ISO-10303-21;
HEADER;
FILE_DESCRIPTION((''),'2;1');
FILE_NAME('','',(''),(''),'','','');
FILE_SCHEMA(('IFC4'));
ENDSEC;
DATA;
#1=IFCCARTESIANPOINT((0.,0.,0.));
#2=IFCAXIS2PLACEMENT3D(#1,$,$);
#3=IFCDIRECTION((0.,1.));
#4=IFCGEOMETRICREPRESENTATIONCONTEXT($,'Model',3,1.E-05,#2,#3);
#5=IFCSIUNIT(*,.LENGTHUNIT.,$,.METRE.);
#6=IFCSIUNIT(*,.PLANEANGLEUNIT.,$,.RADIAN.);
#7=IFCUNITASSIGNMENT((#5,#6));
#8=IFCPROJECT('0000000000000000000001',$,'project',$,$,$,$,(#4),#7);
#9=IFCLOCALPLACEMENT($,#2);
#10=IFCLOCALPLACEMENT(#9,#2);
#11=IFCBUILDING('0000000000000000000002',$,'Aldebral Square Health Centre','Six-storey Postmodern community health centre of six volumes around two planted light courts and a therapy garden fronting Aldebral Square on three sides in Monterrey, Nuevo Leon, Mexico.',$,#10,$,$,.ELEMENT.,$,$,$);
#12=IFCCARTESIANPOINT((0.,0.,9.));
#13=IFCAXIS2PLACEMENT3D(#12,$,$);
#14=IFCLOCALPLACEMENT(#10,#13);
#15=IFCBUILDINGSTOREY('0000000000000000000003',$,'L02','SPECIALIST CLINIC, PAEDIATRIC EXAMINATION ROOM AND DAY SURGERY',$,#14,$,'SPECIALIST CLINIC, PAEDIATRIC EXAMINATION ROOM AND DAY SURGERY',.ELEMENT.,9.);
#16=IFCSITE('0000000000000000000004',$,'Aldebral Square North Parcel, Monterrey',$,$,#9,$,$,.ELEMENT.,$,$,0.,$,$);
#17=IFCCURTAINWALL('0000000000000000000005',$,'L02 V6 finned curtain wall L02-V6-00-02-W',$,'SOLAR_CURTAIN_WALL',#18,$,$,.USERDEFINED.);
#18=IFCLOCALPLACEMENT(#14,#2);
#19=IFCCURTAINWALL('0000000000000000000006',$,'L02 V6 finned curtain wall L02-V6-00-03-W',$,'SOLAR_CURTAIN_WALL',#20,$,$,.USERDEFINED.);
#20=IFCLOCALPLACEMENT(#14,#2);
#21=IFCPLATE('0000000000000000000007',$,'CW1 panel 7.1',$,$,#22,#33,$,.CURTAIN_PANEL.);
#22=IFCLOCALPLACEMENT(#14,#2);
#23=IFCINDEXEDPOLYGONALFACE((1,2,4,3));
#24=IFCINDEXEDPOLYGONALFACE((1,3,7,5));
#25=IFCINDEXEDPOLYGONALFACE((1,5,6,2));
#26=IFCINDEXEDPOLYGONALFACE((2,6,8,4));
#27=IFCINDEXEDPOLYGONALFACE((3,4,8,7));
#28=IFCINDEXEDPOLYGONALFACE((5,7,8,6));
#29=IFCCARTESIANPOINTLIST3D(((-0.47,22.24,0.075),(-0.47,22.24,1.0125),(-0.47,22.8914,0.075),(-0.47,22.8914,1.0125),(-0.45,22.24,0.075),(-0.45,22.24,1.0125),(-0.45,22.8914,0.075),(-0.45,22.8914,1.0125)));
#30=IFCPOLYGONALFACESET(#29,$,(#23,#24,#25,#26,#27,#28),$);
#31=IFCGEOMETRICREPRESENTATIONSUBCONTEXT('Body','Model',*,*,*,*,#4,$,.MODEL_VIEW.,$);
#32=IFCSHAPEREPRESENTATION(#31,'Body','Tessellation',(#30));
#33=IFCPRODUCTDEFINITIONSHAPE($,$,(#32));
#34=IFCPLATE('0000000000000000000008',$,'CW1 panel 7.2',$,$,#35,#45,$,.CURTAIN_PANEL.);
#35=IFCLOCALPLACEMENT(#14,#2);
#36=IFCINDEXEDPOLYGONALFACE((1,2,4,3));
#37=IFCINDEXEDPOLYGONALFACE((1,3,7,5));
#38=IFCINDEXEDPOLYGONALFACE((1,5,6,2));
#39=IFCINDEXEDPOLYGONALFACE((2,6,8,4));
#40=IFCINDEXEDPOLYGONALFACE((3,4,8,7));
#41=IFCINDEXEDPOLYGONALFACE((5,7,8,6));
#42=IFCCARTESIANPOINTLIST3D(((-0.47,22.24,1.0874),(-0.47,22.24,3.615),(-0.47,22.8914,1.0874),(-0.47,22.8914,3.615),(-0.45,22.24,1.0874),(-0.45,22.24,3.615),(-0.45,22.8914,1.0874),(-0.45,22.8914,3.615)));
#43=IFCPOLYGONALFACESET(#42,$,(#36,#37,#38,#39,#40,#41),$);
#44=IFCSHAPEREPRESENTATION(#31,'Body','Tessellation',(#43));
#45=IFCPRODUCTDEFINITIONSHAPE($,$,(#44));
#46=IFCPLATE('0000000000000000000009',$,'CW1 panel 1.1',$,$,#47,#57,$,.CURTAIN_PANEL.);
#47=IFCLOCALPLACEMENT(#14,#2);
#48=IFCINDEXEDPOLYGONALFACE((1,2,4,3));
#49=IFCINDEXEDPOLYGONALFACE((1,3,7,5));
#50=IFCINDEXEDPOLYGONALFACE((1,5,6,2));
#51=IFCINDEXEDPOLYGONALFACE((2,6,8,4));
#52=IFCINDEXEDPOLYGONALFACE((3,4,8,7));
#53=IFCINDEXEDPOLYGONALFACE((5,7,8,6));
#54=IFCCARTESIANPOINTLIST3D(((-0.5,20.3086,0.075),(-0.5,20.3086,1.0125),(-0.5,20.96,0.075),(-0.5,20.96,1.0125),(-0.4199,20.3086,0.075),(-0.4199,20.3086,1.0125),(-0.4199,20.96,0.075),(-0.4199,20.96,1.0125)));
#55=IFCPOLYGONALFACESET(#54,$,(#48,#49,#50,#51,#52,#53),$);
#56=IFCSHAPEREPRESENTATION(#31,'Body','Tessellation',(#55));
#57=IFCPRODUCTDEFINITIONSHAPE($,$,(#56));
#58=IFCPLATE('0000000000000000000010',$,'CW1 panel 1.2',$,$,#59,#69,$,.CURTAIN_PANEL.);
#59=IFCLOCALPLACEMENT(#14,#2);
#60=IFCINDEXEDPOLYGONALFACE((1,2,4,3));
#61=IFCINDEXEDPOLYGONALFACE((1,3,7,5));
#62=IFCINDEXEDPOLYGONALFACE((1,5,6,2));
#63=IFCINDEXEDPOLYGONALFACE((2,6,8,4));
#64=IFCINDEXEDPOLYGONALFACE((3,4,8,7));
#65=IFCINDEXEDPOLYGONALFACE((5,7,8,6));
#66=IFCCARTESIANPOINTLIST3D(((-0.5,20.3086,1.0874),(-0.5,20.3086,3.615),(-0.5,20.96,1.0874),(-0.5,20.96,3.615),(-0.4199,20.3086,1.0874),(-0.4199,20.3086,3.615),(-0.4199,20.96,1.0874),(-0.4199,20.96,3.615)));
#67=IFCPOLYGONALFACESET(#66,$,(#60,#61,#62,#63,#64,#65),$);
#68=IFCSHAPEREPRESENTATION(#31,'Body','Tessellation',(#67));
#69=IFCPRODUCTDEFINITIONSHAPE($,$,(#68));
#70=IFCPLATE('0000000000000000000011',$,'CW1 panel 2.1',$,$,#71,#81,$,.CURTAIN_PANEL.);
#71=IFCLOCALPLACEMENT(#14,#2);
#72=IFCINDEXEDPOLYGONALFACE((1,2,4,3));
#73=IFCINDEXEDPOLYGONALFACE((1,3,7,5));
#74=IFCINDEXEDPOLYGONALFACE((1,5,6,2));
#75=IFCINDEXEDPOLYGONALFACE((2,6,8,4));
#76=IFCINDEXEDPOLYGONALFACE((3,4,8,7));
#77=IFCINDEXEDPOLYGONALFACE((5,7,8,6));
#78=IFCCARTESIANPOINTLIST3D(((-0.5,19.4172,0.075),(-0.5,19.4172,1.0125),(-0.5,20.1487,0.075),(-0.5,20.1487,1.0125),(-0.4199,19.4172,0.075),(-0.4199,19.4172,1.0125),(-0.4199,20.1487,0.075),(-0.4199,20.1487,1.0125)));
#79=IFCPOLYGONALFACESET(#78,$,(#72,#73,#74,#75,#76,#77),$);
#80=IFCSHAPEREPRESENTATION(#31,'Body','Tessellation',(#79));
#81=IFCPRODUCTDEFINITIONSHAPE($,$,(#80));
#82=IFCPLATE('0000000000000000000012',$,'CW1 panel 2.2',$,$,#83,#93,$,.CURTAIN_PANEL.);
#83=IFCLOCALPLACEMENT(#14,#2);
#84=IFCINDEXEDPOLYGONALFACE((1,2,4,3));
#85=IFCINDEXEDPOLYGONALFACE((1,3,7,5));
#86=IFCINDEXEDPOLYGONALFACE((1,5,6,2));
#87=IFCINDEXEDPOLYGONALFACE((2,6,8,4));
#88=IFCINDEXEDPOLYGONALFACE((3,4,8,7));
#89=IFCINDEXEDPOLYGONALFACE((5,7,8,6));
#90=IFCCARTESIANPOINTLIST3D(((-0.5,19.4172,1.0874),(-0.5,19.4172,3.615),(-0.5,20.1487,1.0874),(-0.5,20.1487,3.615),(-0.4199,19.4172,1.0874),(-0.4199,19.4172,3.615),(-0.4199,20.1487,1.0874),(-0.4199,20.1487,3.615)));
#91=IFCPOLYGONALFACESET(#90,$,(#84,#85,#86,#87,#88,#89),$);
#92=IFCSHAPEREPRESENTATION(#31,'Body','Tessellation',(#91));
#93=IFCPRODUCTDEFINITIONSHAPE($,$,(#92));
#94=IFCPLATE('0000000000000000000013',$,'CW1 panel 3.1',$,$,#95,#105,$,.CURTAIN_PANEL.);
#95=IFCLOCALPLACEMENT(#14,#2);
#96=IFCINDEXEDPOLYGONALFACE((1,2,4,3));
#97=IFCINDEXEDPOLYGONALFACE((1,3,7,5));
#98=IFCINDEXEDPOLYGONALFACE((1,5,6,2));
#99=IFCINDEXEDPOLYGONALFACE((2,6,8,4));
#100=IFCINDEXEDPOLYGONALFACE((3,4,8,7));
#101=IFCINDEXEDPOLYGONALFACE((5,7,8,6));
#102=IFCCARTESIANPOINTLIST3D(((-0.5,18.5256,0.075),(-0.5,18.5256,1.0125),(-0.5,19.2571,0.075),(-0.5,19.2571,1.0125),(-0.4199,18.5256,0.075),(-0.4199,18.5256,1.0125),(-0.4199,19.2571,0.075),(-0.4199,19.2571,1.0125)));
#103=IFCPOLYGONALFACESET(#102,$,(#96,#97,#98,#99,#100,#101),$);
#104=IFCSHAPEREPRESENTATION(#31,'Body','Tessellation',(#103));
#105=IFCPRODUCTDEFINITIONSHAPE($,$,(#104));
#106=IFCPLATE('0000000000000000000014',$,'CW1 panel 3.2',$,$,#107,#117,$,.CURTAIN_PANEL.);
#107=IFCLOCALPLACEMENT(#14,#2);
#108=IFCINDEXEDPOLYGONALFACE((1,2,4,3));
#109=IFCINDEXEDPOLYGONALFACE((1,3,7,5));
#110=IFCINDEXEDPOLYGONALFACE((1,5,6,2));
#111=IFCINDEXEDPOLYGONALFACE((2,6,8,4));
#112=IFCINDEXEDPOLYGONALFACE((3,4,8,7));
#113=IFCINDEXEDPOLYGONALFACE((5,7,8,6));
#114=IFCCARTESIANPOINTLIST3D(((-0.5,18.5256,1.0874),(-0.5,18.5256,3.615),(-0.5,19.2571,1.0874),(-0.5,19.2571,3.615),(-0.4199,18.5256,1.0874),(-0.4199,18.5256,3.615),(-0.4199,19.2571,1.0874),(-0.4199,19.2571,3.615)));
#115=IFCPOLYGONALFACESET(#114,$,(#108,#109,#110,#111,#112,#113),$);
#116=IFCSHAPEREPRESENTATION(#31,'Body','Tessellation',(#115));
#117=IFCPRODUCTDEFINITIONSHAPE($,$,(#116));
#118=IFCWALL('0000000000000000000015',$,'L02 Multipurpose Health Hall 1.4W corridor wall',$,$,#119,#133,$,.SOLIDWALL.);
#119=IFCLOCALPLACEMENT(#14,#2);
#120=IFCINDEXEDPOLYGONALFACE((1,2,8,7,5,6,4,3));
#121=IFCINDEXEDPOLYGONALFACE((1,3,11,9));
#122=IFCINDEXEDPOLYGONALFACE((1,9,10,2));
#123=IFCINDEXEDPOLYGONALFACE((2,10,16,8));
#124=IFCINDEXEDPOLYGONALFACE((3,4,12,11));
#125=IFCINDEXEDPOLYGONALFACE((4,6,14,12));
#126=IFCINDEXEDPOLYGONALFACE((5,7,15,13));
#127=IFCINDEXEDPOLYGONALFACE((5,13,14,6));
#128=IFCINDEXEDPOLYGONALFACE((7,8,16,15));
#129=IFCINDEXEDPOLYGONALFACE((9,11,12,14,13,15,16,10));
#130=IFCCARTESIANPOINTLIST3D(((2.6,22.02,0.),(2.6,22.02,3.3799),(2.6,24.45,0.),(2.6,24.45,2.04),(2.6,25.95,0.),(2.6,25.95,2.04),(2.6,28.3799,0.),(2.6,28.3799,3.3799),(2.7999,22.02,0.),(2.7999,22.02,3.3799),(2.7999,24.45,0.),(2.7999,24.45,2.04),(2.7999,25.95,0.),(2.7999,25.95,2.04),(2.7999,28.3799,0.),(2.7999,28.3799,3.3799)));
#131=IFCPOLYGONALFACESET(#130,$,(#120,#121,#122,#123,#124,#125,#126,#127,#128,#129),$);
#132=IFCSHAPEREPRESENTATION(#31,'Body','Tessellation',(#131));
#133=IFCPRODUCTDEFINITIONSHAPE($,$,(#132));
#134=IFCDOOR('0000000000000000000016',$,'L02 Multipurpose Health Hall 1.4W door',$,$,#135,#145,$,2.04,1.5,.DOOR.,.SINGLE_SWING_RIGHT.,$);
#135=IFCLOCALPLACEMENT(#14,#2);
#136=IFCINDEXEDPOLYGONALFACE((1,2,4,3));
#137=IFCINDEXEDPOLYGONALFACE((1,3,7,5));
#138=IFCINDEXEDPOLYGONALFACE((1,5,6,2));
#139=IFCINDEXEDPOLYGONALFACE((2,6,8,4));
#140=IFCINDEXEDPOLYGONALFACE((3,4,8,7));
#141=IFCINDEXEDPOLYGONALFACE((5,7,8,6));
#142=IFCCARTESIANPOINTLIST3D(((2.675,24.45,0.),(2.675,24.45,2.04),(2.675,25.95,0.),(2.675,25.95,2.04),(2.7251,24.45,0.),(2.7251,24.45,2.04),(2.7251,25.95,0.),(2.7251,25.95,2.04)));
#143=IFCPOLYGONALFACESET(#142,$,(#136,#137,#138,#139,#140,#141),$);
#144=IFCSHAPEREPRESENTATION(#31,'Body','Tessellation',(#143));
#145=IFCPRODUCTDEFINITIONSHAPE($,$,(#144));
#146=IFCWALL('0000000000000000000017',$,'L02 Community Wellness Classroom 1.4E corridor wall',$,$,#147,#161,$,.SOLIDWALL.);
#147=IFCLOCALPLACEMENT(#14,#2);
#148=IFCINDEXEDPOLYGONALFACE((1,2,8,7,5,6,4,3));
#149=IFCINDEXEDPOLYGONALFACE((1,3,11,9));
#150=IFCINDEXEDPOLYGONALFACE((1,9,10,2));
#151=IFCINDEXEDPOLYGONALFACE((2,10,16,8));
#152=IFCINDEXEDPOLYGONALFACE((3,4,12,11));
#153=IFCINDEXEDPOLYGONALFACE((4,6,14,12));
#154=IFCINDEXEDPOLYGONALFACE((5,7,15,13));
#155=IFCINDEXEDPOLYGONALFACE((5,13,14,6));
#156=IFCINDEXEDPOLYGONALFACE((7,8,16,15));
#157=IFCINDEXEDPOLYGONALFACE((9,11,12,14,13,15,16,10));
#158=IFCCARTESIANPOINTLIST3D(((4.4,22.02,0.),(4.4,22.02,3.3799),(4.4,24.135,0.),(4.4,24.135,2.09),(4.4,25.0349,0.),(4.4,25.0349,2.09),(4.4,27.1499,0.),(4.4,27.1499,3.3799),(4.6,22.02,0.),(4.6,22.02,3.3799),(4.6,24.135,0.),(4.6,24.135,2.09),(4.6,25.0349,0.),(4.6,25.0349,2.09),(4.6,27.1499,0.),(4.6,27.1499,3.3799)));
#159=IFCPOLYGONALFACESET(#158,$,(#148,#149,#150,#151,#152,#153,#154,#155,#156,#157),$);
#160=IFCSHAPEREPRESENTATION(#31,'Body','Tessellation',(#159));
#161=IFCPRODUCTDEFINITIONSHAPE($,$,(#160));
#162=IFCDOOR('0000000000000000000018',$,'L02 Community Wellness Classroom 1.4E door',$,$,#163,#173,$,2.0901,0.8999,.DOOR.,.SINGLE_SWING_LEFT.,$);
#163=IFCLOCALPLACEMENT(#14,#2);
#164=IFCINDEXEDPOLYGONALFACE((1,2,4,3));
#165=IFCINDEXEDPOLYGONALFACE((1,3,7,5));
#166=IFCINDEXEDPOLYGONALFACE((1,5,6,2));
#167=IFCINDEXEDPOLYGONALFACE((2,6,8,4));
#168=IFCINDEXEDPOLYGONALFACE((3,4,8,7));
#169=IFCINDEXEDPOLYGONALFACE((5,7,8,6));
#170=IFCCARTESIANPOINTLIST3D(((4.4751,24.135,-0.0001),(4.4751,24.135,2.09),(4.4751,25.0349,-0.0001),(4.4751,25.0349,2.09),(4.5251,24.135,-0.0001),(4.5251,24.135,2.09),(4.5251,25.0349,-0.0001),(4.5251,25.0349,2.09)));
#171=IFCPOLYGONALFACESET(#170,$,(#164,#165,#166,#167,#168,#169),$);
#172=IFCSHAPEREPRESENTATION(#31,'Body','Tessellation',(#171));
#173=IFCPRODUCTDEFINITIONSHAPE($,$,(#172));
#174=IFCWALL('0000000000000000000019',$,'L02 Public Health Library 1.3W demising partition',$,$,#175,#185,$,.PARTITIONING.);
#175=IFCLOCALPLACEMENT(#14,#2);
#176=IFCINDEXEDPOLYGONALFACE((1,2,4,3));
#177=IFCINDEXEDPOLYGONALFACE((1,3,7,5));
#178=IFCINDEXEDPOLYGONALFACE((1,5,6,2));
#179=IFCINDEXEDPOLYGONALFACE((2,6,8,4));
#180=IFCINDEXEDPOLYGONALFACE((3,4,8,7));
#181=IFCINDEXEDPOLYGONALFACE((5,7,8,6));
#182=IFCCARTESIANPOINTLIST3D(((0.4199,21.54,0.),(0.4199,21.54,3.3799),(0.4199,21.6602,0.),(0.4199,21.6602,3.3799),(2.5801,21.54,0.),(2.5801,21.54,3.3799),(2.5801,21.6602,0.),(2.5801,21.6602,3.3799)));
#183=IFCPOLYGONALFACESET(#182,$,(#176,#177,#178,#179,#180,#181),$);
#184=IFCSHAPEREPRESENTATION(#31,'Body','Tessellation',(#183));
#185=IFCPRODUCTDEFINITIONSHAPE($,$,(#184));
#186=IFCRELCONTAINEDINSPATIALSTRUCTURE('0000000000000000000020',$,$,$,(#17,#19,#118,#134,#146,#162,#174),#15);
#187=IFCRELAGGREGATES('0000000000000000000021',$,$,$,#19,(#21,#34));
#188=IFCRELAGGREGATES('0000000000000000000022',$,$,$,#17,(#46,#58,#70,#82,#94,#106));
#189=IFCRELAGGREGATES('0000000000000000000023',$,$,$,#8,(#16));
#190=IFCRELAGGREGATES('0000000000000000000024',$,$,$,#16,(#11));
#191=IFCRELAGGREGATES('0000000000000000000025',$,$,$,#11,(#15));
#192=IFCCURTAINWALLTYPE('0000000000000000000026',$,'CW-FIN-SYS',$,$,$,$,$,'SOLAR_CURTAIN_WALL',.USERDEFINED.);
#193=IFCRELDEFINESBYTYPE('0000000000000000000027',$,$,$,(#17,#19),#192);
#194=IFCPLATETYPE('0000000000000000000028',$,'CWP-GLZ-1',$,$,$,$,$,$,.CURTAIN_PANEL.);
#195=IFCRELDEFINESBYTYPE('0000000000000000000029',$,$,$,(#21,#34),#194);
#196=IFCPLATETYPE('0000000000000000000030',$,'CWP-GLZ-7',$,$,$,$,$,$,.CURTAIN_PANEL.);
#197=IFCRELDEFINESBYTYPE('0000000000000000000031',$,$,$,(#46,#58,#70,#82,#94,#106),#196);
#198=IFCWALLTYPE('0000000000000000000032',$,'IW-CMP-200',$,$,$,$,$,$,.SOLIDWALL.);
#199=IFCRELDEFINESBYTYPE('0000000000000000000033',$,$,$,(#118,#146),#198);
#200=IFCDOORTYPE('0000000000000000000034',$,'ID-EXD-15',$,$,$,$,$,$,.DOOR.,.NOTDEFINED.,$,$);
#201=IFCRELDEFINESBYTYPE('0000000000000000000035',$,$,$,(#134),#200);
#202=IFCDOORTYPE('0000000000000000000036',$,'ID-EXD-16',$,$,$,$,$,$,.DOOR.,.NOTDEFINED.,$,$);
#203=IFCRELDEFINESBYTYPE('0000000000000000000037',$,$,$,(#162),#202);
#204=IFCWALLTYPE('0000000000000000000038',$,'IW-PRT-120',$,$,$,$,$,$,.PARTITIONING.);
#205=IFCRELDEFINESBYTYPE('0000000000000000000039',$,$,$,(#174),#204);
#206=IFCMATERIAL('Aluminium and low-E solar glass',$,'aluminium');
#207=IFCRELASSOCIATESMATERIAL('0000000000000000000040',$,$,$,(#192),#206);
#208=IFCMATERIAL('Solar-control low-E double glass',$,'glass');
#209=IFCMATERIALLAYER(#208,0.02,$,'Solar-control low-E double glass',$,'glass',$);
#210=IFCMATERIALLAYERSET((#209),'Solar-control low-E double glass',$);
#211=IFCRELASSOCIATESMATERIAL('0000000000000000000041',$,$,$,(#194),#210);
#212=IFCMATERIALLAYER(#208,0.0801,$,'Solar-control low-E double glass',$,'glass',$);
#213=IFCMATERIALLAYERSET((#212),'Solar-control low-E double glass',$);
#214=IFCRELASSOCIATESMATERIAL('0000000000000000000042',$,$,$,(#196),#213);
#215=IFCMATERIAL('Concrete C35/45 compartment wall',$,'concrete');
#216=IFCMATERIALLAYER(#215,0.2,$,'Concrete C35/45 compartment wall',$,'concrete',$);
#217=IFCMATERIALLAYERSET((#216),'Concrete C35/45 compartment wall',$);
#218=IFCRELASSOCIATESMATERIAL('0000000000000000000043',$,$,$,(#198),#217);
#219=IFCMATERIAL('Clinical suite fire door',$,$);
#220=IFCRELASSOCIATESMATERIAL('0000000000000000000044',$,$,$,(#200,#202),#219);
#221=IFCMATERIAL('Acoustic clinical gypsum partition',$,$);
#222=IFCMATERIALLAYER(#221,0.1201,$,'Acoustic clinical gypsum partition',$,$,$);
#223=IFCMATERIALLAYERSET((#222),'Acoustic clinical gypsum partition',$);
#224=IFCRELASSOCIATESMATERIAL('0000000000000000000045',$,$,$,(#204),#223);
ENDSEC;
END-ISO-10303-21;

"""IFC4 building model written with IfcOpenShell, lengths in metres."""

from ifc_helpers import new_model, si_unit, direction, frame, frame_2d, origin, origin_2d, place, context, subcontext, project, spatial, rectangle, extrude, material, layer, layer_set, type_object, element, fill, aggregate, save


model = new_model("IFC4")

# Units and contexts
model_context = context("Model", 3, precision=1e-05, world=origin(), true_north=direction((0.0, 1.0)))
body_context = subcontext(model_context, "Body", "Model", "MODEL_VIEW")
ifc_project = project(units=[si_unit("LENGTHUNIT", "METRE"), si_unit("PLANEANGLEUNIT", "RADIAN")], contexts=[model_context])

# Site, building, storey
site_placement = place(None, origin())
site = spatial("IfcSite", under=ifc_project, at=site_placement, Name="Aldebral Square North Parcel, Monterrey", CompositionType="ELEMENT", RefElevation=0.0)
building_placement = place(site_placement, origin())
building = spatial("IfcBuilding", under=site, at=building_placement, Name="Aldebral Square Health Centre", Description="Six-storey Postmodern community health centre of six volumes around two planted light courts and a therapy garden fronting Aldebral Square on three sides in Monterrey, Nuevo Leon, Mexico.", CompositionType="ELEMENT")
storey_placement = place(building_placement, frame((0.0, 0.0, 9.0)))
storey = spatial("IfcBuildingStorey", under=building, at=storey_placement, Name="L02", Description="SPECIALIST CLINIC, PAEDIATRIC EXAMINATION ROOM AND DAY SURGERY", LongName="SPECIALIST CLINIC, PAEDIATRIC EXAMINATION ROOM AND DAY SURGERY", CompositionType="ELEMENT", Elevation=9.0)

# Curtain walls
ifc_material_1 = material(Name="Aluminium and low-E solar glass", Category="aluminium")
curtain_wall_type = type_object("IfcCurtainWallType", Name="CW-FIN-SYS", ElementType="SOLAR_CURTAIN_WALL", PredefinedType="USERDEFINED", material=ifc_material_1)
curtain_wall_1_placement = place(storey_placement, origin())
curtain_wall_1 = element("IfcCurtainWall", 1, at=curtain_wall_1_placement, inside=storey, type_object=curtain_wall_type, Name="L02 V6 finned curtain wall L02-V6-00-02-W", ObjectType="SOLAR_CURTAIN_WALL", PredefinedType="USERDEFINED")
curtain_wall_2_placement = place(storey_placement, origin())
curtain_wall_2 = element("IfcCurtainWall", 2, at=curtain_wall_2_placement, inside=storey, type_object=curtain_wall_type, Name="L02 V6 finned curtain wall L02-V6-00-03-W", ObjectType="SOLAR_CURTAIN_WALL", PredefinedType="USERDEFINED")

# Plates
ifc_material_2 = material(Name="Solar-control low-E double glass", Category="glass")
ifc_layer_1 = layer(ifc_material_2, 0.02, Name="Solar-control low-E double glass", Category="glass")
ifc_layer_set_1 = layer_set([ifc_layer_1], Name="Solar-control low-E double glass")
plate_type_1 = type_object("IfcPlateType", Name="CWP-GLZ-1", PredefinedType="CURTAIN_PANEL", material=ifc_layer_set_1)
plate_1_placement = place(storey_placement, frame((-0.46, 22.5657, 0.075), z_axis=(0.0, 0.0, 1.0), x_axis=(0.0, -1.0, 0.0)))
plate_1 = element("IfcPlate", 3, at=plate_1_placement, type_object=plate_type_1, Name="CW1 panel 7.1", PredefinedType="CURTAIN_PANEL", context=body_context, shape_type="SweptSolid", body=[
    extrude(rectangle(XDim=0.6514, YDim=0.02, at=origin_2d()), origin(), (0.0, 0.0, 1.0), 0.9375),
])
plate_2_placement = place(storey_placement, frame((-0.46, 22.5657, 1.0874), z_axis=(0.0, 0.0, 1.0), x_axis=(0.0, -1.0, 0.0)))
plate_2 = element("IfcPlate", 4, at=plate_2_placement, type_object=plate_type_1, Name="CW1 panel 7.2", PredefinedType="CURTAIN_PANEL", context=body_context, shape_type="SweptSolid", body=[
    extrude(rectangle(XDim=0.6514, YDim=0.02, at=origin_2d()), origin(), (0.0, 0.0, 1.0), 2.5276),
])
aggregate(curtain_wall_2, [plate_1, plate_2])
ifc_layer_2 = layer(ifc_material_2, 0.0801, Name="Solar-control low-E double glass", Category="glass")
ifc_layer_set_2 = layer_set([ifc_layer_2], Name="Solar-control low-E double glass")
plate_type_2 = type_object("IfcPlateType", Name="CWP-GLZ-7", PredefinedType="CURTAIN_PANEL", material=ifc_layer_set_2)
plate_3_placement = place(storey_placement, frame((-0.46, 20.6343, 0.075), z_axis=(0.0, 0.0, 1.0), x_axis=(0.0, -1.0, 0.0)))
plate_3 = element("IfcPlate", 5, at=plate_3_placement, type_object=plate_type_2, Name="CW1 panel 1.1", PredefinedType="CURTAIN_PANEL", context=body_context, shape_type="SweptSolid", body=[
    extrude(rectangle(XDim=0.6514, YDim=0.0801, at=origin_2d()), origin(), (0.0, 0.0, 1.0), 0.9375),
])
plate_4_placement = place(storey_placement, frame((-0.46, 20.6343, 1.0874), z_axis=(0.0, 0.0, 1.0), x_axis=(0.0, -1.0, 0.0)))
plate_4 = element("IfcPlate", 6, at=plate_4_placement, type_object=plate_type_2, Name="CW1 panel 1.2", PredefinedType="CURTAIN_PANEL", context=body_context, shape_type="SweptSolid", body=[
    extrude(rectangle(XDim=0.6514, YDim=0.0801, at=origin_2d()), origin(), (0.0, 0.0, 1.0), 2.5276),
])
plate_5_placement = place(storey_placement, frame((-0.46, 19.783, 0.075), z_axis=(0.0, 0.0, 1.0), x_axis=(0.0, -1.0, 0.0)))
plate_5 = element("IfcPlate", 7, at=plate_5_placement, type_object=plate_type_2, Name="CW1 panel 2.1", PredefinedType="CURTAIN_PANEL", context=body_context, shape_type="SweptSolid", body=[
    extrude(rectangle(XDim=0.7314, YDim=0.0801, at=origin_2d()), origin(), (0.0, 0.0, 1.0), 0.9375),
])
plate_6_placement = place(storey_placement, frame((-0.46, 19.783, 1.0874), z_axis=(0.0, 0.0, 1.0), x_axis=(0.0, -1.0, 0.0)))
plate_6 = element("IfcPlate", 8, at=plate_6_placement, type_object=plate_type_2, Name="CW1 panel 2.2", PredefinedType="CURTAIN_PANEL", context=body_context, shape_type="SweptSolid", body=[
    extrude(rectangle(XDim=0.7314, YDim=0.0801, at=origin_2d()), origin(), (0.0, 0.0, 1.0), 2.5276),
])
plate_7_placement = place(storey_placement, frame((-0.46, 18.8914, 0.075), z_axis=(0.0, 0.0, 1.0), x_axis=(0.0, -1.0, 0.0)))
plate_7 = element("IfcPlate", 9, at=plate_7_placement, type_object=plate_type_2, Name="CW1 panel 3.1", PredefinedType="CURTAIN_PANEL", context=body_context, shape_type="SweptSolid", body=[
    extrude(rectangle(XDim=0.7314, YDim=0.0801, at=origin_2d()), origin(), (0.0, 0.0, 1.0), 0.9375),
])
plate_8_placement = place(storey_placement, frame((-0.46, 18.8914, 1.0874), z_axis=(0.0, 0.0, 1.0), x_axis=(0.0, -1.0, 0.0)))
plate_8 = element("IfcPlate", 10, at=plate_8_placement, type_object=plate_type_2, Name="CW1 panel 3.2", PredefinedType="CURTAIN_PANEL", context=body_context, shape_type="SweptSolid", body=[
    extrude(rectangle(XDim=0.7314, YDim=0.0801, at=origin_2d()), origin(), (0.0, 0.0, 1.0), 2.5276),
])
aggregate(curtain_wall_1, [plate_3, plate_4, plate_5, plate_6, plate_7, plate_8])

# Walls, openings, doors
ifc_material_3 = material(Name="Concrete C35/45 compartment wall", Category="concrete")
ifc_layer_3 = layer(ifc_material_3, 0.2, Name="Concrete C35/45 compartment wall", Category="concrete")
ifc_layer_set_3 = layer_set([ifc_layer_3], Name="Concrete C35/45 compartment wall")
wall_type_1 = type_object("IfcWallType", Name="IW-CMP-200", PredefinedType="SOLIDWALL", material=ifc_layer_set_3)
wall_1_placement = place(storey_placement, frame((2.7, 22.02, 0.0), z_axis=(0.0, 0.0, 1.0), x_axis=(0.0, 1.0, 0.0)))
wall_1 = element("IfcWall", 11, at=wall_1_placement, inside=storey, type_object=wall_type_1, Name="L02 Multipurpose Health Hall 1.4W corridor wall", PredefinedType="SOLIDWALL", context=body_context, shape_type="SweptSolid", body=[
    extrude(rectangle(XDim=6.3599, YDim=0.2, at=frame_2d((3.1799, 0.0))), origin(), (0.0, 0.0, 1.0), 3.3799),
])
opening_1_placement = place(wall_1_placement, frame((2.4299, 0.0, 0.0)))
opening_1 = element("IfcOpeningElement", 12, at=opening_1_placement, cuts=wall_1, PredefinedType="OPENING", context=body_context, shape_type="SweptSolid", body=[
    extrude(rectangle(XDim=1.5, YDim=2.04, at=frame_2d((0.75, 1.02))), frame((0.0, 0.1099, 0.0), z_axis=(0.0, -1.0, 0.0), x_axis=(1.0, 0.0, 0.0)), (0.0, 0.0, 1.0), 0.22),
])
ifc_material_4 = material(Name="Clinical suite fire door")
door_type_1 = type_object("IfcDoorType", Name="ID-EXD-15", OperationType="NOTDEFINED", PredefinedType="DOOR", material=ifc_material_4)
door_1_placement = place(opening_1_placement, origin())
door_1 = element("IfcDoor", 13, at=door_1_placement, inside=storey, type_object=door_type_1, Name="L02 Multipurpose Health Hall 1.4W door", OperationType="SINGLE_SWING_RIGHT", OverallHeight=2.04, OverallWidth=1.5, PredefinedType="DOOR", context=body_context, shape_type="SweptSolid", body=[
    extrude(rectangle(XDim=1.5, YDim=2.04, at=frame_2d((0.75, 1.02))), frame((0.0, 0.0249, 0.0), z_axis=(0.0, -1.0, 0.0), x_axis=(1.0, 0.0, 0.0)), (0.0, 0.0, 1.0), 0.05),
])
fill(opening_1, door_1)
wall_2_placement = place(storey_placement, frame((4.5, 22.02, 0.0), z_axis=(0.0, 0.0, 1.0), x_axis=(0.0, 1.0, 0.0)))
wall_2 = element("IfcWall", 14, at=wall_2_placement, inside=storey, type_object=wall_type_1, Name="L02 Community Wellness Classroom 1.4E corridor wall", PredefinedType="SOLIDWALL", context=body_context, shape_type="SweptSolid", body=[
    extrude(rectangle(XDim=5.1299, YDim=0.2, at=frame_2d((2.5649, 0.0))), origin(), (0.0, 0.0, 1.0), 3.3799),
])
opening_2_placement = place(wall_2_placement, frame((2.115, 0.0, 0.0)))
opening_2 = element("IfcOpeningElement", 15, at=opening_2_placement, cuts=wall_2, PredefinedType="OPENING", context=body_context, shape_type="SweptSolid", body=[
    extrude(rectangle(XDim=0.8999, YDim=2.0901, at=frame_2d((0.45, 1.0449))), frame((0.0, 0.1099, 0.0), z_axis=(0.0, -1.0, 0.0), x_axis=(1.0, 0.0, 0.0)), (0.0, 0.0, 1.0), 0.22),
])
door_type_2 = type_object("IfcDoorType", Name="ID-EXD-16", OperationType="NOTDEFINED", PredefinedType="DOOR", material=ifc_material_4)
door_2_placement = place(opening_2_placement, origin())
door_2 = element("IfcDoor", 16, at=door_2_placement, inside=storey, type_object=door_type_2, Name="L02 Community Wellness Classroom 1.4E door", OperationType="SINGLE_SWING_LEFT", OverallHeight=2.0901, OverallWidth=0.8999, PredefinedType="DOOR", context=body_context, shape_type="SweptSolid", body=[
    extrude(rectangle(XDim=0.8999, YDim=2.0901, at=frame_2d((0.45, 1.0449))), frame((0.0, 0.0249, 0.0), z_axis=(0.0, -1.0, 0.0), x_axis=(1.0, 0.0, 0.0)), (0.0, 0.0, 1.0), 0.05),
])
fill(opening_2, door_2)

# Wall
ifc_material_5 = material(Name="Acoustic clinical gypsum partition")
ifc_layer_4 = layer(ifc_material_5, 0.1201, Name="Acoustic clinical gypsum partition")
ifc_layer_set_4 = layer_set([ifc_layer_4], Name="Acoustic clinical gypsum partition")
wall_type_2 = type_object("IfcWallType", Name="IW-PRT-120", PredefinedType="PARTITIONING", material=ifc_layer_set_4)
wall_3_placement = place(storey_placement, frame((0.4199, 21.6001, 0.0), z_axis=(0.0, 0.0, 1.0), x_axis=(1.0, 0.0, 0.0)))
element("IfcWall", 17, at=wall_3_placement, inside=storey, type_object=wall_type_2, Name="L02 Public Health Library 1.3W demising partition", PredefinedType="PARTITIONING", context=body_context, shape_type="SweptSolid", body=[
    extrude(rectangle(XDim=2.1602, YDim=0.1201, at=frame_2d((1.0801, 0.0))), origin(), (0.0, 0.0, 1.0), 3.3799),
])

save(model, "model.ifc")
